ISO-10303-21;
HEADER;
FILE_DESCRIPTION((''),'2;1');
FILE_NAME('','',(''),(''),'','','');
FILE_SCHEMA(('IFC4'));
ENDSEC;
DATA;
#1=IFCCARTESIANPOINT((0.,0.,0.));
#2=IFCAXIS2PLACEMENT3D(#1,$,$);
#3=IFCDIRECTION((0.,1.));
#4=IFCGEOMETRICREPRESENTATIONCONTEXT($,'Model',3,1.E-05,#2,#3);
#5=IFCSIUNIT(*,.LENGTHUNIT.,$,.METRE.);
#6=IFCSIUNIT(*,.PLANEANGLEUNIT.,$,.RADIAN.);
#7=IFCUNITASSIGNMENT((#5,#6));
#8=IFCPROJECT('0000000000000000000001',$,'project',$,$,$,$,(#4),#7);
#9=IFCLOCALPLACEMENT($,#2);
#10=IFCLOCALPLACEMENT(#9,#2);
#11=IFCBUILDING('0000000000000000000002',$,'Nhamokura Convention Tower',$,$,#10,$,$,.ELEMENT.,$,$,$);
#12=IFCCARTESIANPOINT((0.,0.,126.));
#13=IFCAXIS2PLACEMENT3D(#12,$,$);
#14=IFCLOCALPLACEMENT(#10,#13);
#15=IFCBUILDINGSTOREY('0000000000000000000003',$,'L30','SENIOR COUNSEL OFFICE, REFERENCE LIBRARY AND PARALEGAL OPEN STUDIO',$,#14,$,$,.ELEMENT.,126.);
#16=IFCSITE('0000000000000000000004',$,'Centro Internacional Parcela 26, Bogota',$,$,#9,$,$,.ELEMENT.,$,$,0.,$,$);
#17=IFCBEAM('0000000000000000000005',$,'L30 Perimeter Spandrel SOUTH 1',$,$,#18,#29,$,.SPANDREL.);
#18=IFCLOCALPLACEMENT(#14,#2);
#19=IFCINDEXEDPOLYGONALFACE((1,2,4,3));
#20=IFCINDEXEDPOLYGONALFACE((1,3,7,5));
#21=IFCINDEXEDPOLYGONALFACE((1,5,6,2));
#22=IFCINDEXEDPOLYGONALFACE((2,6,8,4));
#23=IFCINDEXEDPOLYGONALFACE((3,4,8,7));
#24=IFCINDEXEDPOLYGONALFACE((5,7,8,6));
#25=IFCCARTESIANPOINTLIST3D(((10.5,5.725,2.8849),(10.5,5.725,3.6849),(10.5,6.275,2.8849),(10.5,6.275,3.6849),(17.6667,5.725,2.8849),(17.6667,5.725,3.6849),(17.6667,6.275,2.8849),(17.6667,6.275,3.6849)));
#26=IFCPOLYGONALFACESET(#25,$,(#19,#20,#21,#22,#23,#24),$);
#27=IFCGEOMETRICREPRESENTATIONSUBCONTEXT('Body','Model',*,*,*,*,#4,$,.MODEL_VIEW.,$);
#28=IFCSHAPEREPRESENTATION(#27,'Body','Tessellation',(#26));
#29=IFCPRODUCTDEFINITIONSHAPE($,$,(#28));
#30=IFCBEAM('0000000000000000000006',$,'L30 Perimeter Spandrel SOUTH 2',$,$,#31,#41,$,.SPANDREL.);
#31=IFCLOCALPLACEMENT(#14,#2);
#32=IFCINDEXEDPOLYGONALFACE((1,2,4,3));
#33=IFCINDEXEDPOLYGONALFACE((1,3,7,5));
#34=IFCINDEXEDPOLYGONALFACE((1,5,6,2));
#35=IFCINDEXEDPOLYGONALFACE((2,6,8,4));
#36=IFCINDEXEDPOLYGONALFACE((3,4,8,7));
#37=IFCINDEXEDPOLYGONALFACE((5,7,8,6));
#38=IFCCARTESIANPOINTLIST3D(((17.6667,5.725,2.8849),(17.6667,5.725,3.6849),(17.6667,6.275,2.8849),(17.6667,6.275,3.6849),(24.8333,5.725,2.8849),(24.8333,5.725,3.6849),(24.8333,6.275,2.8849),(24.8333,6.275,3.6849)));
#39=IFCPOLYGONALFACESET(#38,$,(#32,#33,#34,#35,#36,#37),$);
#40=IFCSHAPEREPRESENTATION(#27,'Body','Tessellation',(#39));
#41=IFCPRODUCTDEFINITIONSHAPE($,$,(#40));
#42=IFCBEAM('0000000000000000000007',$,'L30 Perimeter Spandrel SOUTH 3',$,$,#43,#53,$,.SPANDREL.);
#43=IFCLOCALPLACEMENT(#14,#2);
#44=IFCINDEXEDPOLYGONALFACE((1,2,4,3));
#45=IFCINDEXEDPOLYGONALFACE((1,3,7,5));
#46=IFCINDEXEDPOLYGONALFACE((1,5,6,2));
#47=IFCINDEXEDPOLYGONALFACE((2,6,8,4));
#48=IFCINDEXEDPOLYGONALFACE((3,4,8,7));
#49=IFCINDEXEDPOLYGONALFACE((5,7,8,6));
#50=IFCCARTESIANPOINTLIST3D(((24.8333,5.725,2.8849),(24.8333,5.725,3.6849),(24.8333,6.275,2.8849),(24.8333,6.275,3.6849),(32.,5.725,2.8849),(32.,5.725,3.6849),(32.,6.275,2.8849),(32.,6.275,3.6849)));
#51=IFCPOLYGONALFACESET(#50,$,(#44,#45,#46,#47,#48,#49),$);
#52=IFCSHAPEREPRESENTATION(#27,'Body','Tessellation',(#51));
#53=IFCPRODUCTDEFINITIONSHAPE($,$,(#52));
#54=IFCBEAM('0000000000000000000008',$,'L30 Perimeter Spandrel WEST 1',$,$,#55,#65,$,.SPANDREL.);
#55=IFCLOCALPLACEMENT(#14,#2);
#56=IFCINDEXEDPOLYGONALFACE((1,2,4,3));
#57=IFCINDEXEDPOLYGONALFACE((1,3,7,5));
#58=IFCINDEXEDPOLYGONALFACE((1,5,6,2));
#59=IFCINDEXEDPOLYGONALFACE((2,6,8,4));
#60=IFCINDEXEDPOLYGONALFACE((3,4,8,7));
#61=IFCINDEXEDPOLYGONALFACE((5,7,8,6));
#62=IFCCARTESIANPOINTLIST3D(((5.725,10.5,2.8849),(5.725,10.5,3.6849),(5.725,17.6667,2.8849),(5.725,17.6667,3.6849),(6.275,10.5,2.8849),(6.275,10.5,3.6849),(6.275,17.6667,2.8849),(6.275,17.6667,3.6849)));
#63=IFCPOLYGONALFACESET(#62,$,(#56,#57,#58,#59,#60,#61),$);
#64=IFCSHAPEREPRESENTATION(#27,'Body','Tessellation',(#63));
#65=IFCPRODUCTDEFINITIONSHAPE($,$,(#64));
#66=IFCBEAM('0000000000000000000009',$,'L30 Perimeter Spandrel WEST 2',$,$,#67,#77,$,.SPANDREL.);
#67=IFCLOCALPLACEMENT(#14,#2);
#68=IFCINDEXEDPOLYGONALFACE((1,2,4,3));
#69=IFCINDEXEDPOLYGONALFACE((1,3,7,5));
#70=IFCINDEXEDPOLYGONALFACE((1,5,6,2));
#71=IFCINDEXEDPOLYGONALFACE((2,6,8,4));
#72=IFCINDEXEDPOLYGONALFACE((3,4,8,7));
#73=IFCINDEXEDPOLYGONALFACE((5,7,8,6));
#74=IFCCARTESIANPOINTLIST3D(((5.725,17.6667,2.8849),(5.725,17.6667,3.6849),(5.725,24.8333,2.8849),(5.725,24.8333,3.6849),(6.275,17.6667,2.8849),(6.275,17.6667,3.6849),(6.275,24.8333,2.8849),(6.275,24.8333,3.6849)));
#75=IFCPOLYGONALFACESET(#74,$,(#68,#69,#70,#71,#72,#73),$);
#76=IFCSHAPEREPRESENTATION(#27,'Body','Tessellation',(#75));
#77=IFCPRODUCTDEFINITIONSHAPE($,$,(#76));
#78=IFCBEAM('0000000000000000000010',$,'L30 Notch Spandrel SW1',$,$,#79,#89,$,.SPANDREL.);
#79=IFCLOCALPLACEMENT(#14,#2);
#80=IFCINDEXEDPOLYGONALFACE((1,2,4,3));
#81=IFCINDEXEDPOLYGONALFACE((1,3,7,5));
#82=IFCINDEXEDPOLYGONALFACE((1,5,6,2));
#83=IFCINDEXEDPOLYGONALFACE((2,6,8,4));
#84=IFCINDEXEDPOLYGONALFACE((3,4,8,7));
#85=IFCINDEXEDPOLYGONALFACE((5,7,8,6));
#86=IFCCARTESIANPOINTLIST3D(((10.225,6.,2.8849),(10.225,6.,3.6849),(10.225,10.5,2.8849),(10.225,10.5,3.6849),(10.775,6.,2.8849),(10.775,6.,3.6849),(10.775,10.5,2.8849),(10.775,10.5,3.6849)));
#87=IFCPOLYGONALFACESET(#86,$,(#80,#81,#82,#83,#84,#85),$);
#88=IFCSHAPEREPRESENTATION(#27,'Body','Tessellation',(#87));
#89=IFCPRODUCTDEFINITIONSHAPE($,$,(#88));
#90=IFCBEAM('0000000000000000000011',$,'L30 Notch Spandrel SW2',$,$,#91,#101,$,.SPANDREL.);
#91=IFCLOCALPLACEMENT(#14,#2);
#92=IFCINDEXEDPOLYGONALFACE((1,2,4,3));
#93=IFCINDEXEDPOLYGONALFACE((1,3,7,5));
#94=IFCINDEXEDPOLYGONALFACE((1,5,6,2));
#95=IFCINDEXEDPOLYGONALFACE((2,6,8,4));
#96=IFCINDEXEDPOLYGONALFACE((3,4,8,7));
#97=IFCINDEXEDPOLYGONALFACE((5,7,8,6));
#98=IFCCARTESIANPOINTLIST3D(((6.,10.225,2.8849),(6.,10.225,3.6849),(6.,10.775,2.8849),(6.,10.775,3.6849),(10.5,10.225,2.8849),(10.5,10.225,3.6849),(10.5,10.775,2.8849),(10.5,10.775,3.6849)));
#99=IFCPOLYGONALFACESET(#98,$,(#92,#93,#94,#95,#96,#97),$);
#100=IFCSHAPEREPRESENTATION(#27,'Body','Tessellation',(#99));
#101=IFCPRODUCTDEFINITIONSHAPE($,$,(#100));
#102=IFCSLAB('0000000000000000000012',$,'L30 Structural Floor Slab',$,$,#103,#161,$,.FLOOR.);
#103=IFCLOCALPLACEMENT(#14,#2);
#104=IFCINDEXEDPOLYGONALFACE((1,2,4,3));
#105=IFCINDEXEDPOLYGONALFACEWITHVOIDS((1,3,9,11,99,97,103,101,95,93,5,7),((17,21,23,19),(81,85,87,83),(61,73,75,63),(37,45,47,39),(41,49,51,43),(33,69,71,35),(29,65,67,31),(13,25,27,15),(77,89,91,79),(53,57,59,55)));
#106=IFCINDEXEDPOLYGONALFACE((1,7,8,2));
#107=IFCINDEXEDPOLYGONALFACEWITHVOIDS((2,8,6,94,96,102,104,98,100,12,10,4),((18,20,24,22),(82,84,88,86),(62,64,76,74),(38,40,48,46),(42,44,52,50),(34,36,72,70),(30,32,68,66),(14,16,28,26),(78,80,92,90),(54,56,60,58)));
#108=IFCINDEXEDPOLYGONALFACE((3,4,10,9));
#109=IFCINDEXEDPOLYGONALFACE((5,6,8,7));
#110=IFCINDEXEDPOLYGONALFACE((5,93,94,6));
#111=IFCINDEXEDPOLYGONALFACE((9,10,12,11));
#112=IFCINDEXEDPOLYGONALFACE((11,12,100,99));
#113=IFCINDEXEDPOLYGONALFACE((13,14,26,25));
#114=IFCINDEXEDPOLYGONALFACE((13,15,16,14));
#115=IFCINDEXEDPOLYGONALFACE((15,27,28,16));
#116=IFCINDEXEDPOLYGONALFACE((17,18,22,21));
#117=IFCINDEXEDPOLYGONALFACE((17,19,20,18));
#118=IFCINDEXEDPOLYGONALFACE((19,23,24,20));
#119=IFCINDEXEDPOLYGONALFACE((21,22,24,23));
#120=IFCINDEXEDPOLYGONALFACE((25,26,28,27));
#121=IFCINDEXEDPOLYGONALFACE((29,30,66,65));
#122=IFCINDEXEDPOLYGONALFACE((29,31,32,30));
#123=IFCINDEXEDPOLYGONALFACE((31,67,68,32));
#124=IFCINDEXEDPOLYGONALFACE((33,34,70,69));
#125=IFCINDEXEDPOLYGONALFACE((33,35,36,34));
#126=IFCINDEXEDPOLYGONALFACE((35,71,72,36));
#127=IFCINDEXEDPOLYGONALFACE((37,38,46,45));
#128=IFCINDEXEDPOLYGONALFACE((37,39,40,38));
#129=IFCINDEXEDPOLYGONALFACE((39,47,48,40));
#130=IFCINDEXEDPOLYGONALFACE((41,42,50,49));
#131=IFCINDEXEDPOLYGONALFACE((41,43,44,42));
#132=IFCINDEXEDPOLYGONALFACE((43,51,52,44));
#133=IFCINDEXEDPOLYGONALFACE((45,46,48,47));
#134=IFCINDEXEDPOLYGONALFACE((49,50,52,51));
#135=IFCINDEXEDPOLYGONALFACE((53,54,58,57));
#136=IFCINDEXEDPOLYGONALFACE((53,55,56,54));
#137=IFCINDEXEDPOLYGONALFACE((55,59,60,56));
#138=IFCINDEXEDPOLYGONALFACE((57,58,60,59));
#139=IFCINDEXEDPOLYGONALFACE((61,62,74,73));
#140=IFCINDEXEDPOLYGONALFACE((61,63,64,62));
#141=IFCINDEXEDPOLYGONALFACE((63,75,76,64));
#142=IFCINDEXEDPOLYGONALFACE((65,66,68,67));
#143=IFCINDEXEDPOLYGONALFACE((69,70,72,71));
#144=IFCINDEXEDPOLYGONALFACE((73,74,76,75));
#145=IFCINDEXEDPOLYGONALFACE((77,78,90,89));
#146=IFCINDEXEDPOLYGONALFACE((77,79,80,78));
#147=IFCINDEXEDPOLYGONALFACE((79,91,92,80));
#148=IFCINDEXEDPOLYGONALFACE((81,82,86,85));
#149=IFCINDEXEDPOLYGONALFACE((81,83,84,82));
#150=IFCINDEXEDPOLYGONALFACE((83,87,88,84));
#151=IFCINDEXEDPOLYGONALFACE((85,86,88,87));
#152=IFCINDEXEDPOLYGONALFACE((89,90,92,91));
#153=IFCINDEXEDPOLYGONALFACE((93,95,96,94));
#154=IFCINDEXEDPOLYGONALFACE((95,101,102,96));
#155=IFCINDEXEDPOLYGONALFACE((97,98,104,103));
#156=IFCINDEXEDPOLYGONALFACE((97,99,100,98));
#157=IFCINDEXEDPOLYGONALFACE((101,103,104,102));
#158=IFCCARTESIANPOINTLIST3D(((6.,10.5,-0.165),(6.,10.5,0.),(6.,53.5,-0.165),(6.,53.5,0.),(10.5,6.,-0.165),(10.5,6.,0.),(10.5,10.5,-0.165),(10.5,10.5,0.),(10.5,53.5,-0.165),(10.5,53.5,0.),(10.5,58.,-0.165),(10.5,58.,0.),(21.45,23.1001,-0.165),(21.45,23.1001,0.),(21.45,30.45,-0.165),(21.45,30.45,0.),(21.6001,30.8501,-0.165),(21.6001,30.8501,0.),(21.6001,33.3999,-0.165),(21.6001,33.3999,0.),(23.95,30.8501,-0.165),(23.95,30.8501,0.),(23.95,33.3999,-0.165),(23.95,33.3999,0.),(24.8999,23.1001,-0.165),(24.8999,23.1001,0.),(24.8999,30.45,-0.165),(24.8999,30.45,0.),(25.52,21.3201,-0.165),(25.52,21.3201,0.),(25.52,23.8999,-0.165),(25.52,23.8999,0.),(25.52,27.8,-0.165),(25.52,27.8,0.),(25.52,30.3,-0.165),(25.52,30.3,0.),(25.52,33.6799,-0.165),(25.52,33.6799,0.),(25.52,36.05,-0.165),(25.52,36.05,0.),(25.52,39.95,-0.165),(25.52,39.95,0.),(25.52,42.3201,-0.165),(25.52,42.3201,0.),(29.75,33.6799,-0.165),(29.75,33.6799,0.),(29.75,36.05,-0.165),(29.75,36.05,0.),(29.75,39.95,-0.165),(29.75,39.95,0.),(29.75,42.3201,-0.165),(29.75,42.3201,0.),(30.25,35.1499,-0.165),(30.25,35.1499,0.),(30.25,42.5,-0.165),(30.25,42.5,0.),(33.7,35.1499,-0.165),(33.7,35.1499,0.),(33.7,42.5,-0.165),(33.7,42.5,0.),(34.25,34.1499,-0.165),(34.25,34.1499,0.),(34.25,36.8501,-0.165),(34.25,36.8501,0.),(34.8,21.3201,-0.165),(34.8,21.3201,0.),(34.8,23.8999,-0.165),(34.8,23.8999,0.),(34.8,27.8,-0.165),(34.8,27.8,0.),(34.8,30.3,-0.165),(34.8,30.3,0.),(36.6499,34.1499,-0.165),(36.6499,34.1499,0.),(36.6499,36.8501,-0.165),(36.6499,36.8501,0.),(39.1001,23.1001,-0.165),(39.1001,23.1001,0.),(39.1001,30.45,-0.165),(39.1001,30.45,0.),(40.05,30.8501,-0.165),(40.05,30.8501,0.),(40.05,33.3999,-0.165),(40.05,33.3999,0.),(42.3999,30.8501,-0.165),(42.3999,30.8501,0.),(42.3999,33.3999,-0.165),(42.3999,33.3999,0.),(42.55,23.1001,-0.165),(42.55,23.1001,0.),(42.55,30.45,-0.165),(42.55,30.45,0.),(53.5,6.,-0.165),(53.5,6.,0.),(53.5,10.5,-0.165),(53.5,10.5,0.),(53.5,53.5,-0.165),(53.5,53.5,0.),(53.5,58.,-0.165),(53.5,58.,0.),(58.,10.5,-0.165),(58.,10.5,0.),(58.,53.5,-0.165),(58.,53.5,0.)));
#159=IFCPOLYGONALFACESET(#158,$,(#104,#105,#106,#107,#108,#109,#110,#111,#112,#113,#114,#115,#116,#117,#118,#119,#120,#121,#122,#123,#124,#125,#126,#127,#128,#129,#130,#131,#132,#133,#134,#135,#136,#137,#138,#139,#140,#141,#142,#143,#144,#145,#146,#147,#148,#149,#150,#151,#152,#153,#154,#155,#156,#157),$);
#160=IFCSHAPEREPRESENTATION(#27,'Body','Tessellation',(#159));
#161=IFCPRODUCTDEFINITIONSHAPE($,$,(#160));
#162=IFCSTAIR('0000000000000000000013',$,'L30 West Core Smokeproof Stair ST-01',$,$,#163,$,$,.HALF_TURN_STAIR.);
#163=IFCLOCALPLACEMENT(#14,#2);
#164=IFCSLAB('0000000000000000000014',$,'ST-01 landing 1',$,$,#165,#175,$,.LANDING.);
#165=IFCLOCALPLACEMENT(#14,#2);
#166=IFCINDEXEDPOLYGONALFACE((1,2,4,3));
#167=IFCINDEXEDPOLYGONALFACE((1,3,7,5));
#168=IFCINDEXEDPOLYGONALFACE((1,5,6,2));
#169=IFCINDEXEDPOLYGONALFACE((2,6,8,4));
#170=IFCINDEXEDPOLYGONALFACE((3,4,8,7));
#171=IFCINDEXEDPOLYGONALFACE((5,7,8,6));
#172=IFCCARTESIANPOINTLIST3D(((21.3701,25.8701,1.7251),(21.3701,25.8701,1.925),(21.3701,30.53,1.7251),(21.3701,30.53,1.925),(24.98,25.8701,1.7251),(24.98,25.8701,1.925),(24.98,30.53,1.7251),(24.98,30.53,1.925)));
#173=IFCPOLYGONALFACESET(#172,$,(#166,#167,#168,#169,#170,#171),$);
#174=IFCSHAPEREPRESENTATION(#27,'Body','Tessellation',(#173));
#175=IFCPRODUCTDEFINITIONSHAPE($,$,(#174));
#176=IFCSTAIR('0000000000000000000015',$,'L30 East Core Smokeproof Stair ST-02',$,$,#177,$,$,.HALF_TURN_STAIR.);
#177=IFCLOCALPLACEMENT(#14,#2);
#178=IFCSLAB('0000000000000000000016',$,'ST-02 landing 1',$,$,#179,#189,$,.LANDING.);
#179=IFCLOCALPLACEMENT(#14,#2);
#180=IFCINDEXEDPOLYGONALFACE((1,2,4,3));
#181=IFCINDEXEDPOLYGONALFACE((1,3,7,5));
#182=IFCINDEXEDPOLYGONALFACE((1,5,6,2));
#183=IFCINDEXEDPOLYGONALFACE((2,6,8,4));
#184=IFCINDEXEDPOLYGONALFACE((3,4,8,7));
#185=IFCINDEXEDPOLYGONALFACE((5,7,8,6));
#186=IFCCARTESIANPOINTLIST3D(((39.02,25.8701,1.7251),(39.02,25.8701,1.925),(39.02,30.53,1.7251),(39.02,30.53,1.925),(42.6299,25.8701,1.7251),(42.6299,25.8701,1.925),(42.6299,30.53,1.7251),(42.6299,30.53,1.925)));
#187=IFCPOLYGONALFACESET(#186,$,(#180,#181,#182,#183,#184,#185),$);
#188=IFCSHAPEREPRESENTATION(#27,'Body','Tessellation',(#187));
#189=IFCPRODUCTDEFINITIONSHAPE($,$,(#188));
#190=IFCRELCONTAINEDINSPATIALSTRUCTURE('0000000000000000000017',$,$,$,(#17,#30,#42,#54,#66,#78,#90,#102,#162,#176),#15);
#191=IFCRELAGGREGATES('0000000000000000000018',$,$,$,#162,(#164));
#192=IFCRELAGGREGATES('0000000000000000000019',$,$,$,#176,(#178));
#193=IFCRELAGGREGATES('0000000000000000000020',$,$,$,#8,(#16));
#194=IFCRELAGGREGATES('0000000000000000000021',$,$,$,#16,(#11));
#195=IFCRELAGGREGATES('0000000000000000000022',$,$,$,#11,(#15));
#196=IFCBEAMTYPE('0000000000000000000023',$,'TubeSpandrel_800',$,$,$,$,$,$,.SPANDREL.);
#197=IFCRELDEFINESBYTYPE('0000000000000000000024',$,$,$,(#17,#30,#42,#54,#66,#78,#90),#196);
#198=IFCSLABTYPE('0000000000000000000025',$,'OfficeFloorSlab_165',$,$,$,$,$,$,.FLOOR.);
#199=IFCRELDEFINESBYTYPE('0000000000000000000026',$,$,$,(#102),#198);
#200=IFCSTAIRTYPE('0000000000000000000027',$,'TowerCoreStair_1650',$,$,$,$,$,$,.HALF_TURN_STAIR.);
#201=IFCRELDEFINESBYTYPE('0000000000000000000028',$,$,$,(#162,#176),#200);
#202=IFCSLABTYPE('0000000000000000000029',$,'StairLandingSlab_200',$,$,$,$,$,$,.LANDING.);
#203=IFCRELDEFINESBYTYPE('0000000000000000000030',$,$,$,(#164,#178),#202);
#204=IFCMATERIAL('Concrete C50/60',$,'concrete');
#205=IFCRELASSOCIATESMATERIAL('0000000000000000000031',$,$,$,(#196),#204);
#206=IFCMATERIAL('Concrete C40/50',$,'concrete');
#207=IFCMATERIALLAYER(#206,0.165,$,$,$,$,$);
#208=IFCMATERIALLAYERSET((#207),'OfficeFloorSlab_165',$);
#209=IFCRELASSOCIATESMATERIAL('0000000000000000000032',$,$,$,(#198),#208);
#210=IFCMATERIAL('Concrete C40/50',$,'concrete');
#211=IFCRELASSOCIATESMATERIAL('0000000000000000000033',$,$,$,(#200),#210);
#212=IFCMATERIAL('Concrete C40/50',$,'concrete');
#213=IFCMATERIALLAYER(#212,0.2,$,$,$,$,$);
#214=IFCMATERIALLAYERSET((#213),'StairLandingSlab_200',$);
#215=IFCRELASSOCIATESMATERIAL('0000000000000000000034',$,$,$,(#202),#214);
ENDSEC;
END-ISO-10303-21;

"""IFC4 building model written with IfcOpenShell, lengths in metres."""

from ifc_helpers import new_model, si_unit, direction, frame, origin, origin_2d, place, context, subcontext, project, spatial, polyline, rectangle, outline, extrude, material, layer, layer_set, material_profile, profile_set, type_object, element, aggregate, save


model = new_model("IFC4")

# Units and contexts
model_context = context("Model", 3, precision=1e-05, world=origin(), true_north=direction((0.0, 1.0)))
body_context = subcontext(model_context, "Body", "Model", "MODEL_VIEW")
ifc_project = project(units=[si_unit("LENGTHUNIT", "METRE"), si_unit("PLANEANGLEUNIT", "RADIAN")], contexts=[model_context])

# Site, building, storey
site_placement = place(None, origin())
site = spatial("IfcSite", under=ifc_project, at=site_placement, Name="Centro Internacional Parcela 26, Bogota", CompositionType="ELEMENT", RefElevation=0.0)
building_placement = place(site_placement, origin())
building = spatial("IfcBuilding", under=site, at=building_placement, Name="Nhamokura Convention Tower", CompositionType="ELEMENT")
storey_placement = place(building_placement, frame((0.0, 0.0, 126.0)))
storey = spatial("IfcBuildingStorey", under=building, at=storey_placement, Name="L30", Description="SENIOR COUNSEL OFFICE, REFERENCE LIBRARY AND PARALEGAL OPEN STUDIO", CompositionType="ELEMENT", Elevation=126.0)

# Beams
ifc_material_1 = material(Name="Concrete C50/60", Category="concrete")
ifc_material_profile_1 = material_profile(ifc_material_1, rectangle(XDim=0.55, YDim=0.8, at=origin_2d()))
ifc_profile_set_1 = profile_set([ifc_material_profile_1], Name="Concrete C50/60")
beam_type_1 = type_object("IfcBeamType", Name="TubeSpandrel_800", PredefinedType="SPANDREL", material=ifc_profile_set_1)
beam_1_placement = place(storey_placement, frame((10.5, 6.0, 3.2849), z_axis=(1.0, 0.0, 0.0), x_axis=(0.0, 1.0, 0.0)))
element("IfcBeam", 1, at=beam_1_placement, inside=storey, type_object=beam_type_1, Name="L30 Perimeter Spandrel SOUTH 1", PredefinedType="SPANDREL", context=body_context, shape_type="SweptSolid", body=[
    extrude(rectangle(XDim=0.55, YDim=0.8, at=origin_2d()), origin(), (0.0, 0.0, 1.0), 7.1667),
])
beam_2_placement = place(storey_placement, frame((17.6667, 6.0, 3.2849), z_axis=(1.0, 0.0, 0.0), x_axis=(0.0, 1.0, 0.0)))
element("IfcBeam", 2, at=beam_2_placement, inside=storey, type_object=beam_type_1, Name="L30 Perimeter Spandrel SOUTH 2", PredefinedType="SPANDREL", context=body_context, shape_type="SweptSolid", body=[
    extrude(rectangle(XDim=0.55, YDim=0.8, at=origin_2d()), origin(), (0.0, 0.0, 1.0), 7.1665),
])
for number, where, z_axis, x_axis, name in (
    (3, (24.8333, 6.0, 3.2849), (1.0, 0.0, 0.0), (0.0, 1.0, 0.0), "L30 Perimeter Spandrel SOUTH 3"),
    (4, (6.0, 10.5, 3.2849), (0.0, 1.0, 0.0), (-1.0, 0.0, 0.0), "L30 Perimeter Spandrel WEST 1"),
):
    element("IfcBeam", number, at=place(storey_placement, frame(where, z_axis=z_axis, x_axis=x_axis)), inside=storey, type_object=beam_type_1, Name=name, PredefinedType="SPANDREL", context=body_context, shape_type="SweptSolid", body=[
        extrude(rectangle(XDim=0.55, YDim=0.8, at=origin_2d()), origin(), (0.0, 0.0, 1.0), 7.1667),
    ])
beam_3_placement = place(storey_placement, frame((6.0, 17.6667, 3.2849), z_axis=(0.0, 1.0, 0.0), x_axis=(-1.0, 0.0, 0.0)))
element("IfcBeam", 5, at=beam_3_placement, inside=storey, type_object=beam_type_1, Name="L30 Perimeter Spandrel WEST 2", PredefinedType="SPANDREL", context=body_context, shape_type="SweptSolid", body=[
    extrude(rectangle(XDim=0.55, YDim=0.8, at=origin_2d()), origin(), (0.0, 0.0, 1.0), 7.1665),
])
for number, where, z_axis, x_axis, name in (
    (6, (10.5, 6.0, 3.2849), (0.0, 1.0, 0.0), (-1.0, 0.0, 0.0), "L30 Notch Spandrel SW1"),
    (7, (10.5, 10.5, 3.2849), (-1.0, 0.0, 0.0), (0.0, -1.0, 0.0), "L30 Notch Spandrel SW2"),
):
    element("IfcBeam", number, at=place(storey_placement, frame(where, z_axis=z_axis, x_axis=x_axis)), inside=storey, type_object=beam_type_1, Name=name, PredefinedType="SPANDREL", context=body_context, shape_type="SweptSolid", body=[
        extrude(rectangle(XDim=0.55, YDim=0.8, at=origin_2d()), origin(), (0.0, 0.0, 1.0), 4.5),
    ])

# Slab
ifc_material_2 = material(Name="Concrete C40/50", Category="concrete")
ifc_layer_1 = layer(ifc_material_2, 0.165)
ifc_layer_set_1 = layer_set([ifc_layer_1], Name="OfficeFloorSlab_165")
slab_type_1 = type_object("IfcSlabType", Name="OfficeFloorSlab_165", PredefinedType="FLOOR", material=ifc_layer_set_1)
slab_1_placement = place(storey_placement, frame((0.0, 0.0, -0.165)))
element("IfcSlab", 8, at=slab_1_placement, inside=storey, type_object=slab_type_1, Name="L30 Structural Floor Slab", PredefinedType="FLOOR", context=body_context, shape_type="SweptSolid", body=[
    extrude(outline(polyline([(10.5, 6.0), (53.5, 6.0), (53.5, 10.5), (58.0, 10.5), (58.0, 53.5), (53.5, 53.5), (53.5, 58.0), (10.5, 58.0), (10.5, 53.5), (6.0, 53.5), (6.0, 10.5), (10.5, 10.5), (10.5, 6.0)]), holes=[polyline([(24.8999, 23.1001), (24.8999, 30.45), (21.45, 30.45), (21.45, 23.1001), (24.8999, 23.1001)]), polyline([(42.55, 23.1001), (42.55, 30.45), (39.1001, 30.45), (39.1001, 23.1001), (42.55, 23.1001)]), polyline([(33.7, 35.1499), (33.7, 42.5), (30.25, 42.5), (30.25, 35.1499), (33.7, 35.1499)]), polyline([(21.6001, 30.8501), (23.95, 30.8501), (23.95, 33.3999), (21.6001, 33.3999), (21.6001, 30.8501)]), polyline([(40.05, 30.8501), (42.3999, 30.8501), (42.3999, 33.3999), (40.05, 33.3999), (40.05, 30.8501)]), polyline([(34.25, 34.1499), (36.6499, 34.1499), (36.6499, 36.8501), (34.25, 36.8501), (34.25, 34.1499)]), polyline([(25.52, 21.3201), (34.8, 21.3201), (34.8, 23.8999), (25.52, 23.8999), (25.52, 21.3201)]), polyline([(25.52, 27.8), (34.8, 27.8), (34.8, 30.3), (25.52, 30.3), (25.52, 27.8)]), polyline([(25.52, 33.6799), (29.75, 33.6799), (29.75, 36.05), (25.52, 36.05), (25.52, 33.6799)]), polyline([(25.52, 39.95), (29.75, 39.95), (29.75, 42.3201), (25.52, 42.3201), (25.52, 39.95)])]), origin(), (0.0, 0.0, 1.0), 0.165),
])

# Stairs, slabs
ifc_material_3 = material(Name="Concrete C40/50", Category="concrete")
stair_type = type_object("IfcStairType", Name="TowerCoreStair_1650", PredefinedType="HALF_TURN_STAIR", material=ifc_material_3)
stair_1_placement = place(storey_placement, origin())
stair_1 = element("IfcStair", 9, at=stair_1_placement, inside=storey, type_object=stair_type, Name="L30 West Core Smokeproof Stair ST-01", PredefinedType="HALF_TURN_STAIR")
ifc_material_4 = material(Name="Concrete C40/50", Category="concrete")
ifc_layer_2 = layer(ifc_material_4, 0.2)
ifc_layer_set_2 = layer_set([ifc_layer_2], Name="StairLandingSlab_200")
slab_type_2 = type_object("IfcSlabType", Name="StairLandingSlab_200", PredefinedType="LANDING", material=ifc_layer_set_2)
slab_2_placement = place(storey_placement, frame((0.0, 0.0, 1.7251)))
slab_2 = element("IfcSlab", 10, at=slab_2_placement, type_object=slab_type_2, Name="ST-01 landing 1", PredefinedType="LANDING", context=body_context, shape_type="SweptSolid", body=[
    extrude(outline(polyline([(24.98, 25.8701), (24.98, 30.53), (21.3701, 30.53), (21.3701, 25.8701), (24.98, 25.8701)])), origin(), (0.0, 0.0, 1.0), 0.2),
])
aggregate(stair_1, [slab_2])
stair_2_placement = place(storey_placement, origin())
stair_2 = element("IfcStair", 11, at=stair_2_placement, inside=storey, type_object=stair_type, Name="L30 East Core Smokeproof Stair ST-02", PredefinedType="HALF_TURN_STAIR")
slab_3_placement = place(storey_placement, frame((0.0, 0.0, 1.7251)))
slab_3 = element("IfcSlab", 12, at=slab_3_placement, type_object=slab_type_2, Name="ST-02 landing 1", PredefinedType="LANDING", context=body_context, shape_type="SweptSolid", body=[
    extrude(outline(polyline([(42.6299, 25.8701), (42.6299, 30.53), (39.02, 30.53), (39.02, 25.8701), (42.6299, 25.8701)])), origin(), (0.0, 0.0, 1.0), 0.2),
])
aggregate(stair_2, [slab_3])

save(model, "model.ifc")
